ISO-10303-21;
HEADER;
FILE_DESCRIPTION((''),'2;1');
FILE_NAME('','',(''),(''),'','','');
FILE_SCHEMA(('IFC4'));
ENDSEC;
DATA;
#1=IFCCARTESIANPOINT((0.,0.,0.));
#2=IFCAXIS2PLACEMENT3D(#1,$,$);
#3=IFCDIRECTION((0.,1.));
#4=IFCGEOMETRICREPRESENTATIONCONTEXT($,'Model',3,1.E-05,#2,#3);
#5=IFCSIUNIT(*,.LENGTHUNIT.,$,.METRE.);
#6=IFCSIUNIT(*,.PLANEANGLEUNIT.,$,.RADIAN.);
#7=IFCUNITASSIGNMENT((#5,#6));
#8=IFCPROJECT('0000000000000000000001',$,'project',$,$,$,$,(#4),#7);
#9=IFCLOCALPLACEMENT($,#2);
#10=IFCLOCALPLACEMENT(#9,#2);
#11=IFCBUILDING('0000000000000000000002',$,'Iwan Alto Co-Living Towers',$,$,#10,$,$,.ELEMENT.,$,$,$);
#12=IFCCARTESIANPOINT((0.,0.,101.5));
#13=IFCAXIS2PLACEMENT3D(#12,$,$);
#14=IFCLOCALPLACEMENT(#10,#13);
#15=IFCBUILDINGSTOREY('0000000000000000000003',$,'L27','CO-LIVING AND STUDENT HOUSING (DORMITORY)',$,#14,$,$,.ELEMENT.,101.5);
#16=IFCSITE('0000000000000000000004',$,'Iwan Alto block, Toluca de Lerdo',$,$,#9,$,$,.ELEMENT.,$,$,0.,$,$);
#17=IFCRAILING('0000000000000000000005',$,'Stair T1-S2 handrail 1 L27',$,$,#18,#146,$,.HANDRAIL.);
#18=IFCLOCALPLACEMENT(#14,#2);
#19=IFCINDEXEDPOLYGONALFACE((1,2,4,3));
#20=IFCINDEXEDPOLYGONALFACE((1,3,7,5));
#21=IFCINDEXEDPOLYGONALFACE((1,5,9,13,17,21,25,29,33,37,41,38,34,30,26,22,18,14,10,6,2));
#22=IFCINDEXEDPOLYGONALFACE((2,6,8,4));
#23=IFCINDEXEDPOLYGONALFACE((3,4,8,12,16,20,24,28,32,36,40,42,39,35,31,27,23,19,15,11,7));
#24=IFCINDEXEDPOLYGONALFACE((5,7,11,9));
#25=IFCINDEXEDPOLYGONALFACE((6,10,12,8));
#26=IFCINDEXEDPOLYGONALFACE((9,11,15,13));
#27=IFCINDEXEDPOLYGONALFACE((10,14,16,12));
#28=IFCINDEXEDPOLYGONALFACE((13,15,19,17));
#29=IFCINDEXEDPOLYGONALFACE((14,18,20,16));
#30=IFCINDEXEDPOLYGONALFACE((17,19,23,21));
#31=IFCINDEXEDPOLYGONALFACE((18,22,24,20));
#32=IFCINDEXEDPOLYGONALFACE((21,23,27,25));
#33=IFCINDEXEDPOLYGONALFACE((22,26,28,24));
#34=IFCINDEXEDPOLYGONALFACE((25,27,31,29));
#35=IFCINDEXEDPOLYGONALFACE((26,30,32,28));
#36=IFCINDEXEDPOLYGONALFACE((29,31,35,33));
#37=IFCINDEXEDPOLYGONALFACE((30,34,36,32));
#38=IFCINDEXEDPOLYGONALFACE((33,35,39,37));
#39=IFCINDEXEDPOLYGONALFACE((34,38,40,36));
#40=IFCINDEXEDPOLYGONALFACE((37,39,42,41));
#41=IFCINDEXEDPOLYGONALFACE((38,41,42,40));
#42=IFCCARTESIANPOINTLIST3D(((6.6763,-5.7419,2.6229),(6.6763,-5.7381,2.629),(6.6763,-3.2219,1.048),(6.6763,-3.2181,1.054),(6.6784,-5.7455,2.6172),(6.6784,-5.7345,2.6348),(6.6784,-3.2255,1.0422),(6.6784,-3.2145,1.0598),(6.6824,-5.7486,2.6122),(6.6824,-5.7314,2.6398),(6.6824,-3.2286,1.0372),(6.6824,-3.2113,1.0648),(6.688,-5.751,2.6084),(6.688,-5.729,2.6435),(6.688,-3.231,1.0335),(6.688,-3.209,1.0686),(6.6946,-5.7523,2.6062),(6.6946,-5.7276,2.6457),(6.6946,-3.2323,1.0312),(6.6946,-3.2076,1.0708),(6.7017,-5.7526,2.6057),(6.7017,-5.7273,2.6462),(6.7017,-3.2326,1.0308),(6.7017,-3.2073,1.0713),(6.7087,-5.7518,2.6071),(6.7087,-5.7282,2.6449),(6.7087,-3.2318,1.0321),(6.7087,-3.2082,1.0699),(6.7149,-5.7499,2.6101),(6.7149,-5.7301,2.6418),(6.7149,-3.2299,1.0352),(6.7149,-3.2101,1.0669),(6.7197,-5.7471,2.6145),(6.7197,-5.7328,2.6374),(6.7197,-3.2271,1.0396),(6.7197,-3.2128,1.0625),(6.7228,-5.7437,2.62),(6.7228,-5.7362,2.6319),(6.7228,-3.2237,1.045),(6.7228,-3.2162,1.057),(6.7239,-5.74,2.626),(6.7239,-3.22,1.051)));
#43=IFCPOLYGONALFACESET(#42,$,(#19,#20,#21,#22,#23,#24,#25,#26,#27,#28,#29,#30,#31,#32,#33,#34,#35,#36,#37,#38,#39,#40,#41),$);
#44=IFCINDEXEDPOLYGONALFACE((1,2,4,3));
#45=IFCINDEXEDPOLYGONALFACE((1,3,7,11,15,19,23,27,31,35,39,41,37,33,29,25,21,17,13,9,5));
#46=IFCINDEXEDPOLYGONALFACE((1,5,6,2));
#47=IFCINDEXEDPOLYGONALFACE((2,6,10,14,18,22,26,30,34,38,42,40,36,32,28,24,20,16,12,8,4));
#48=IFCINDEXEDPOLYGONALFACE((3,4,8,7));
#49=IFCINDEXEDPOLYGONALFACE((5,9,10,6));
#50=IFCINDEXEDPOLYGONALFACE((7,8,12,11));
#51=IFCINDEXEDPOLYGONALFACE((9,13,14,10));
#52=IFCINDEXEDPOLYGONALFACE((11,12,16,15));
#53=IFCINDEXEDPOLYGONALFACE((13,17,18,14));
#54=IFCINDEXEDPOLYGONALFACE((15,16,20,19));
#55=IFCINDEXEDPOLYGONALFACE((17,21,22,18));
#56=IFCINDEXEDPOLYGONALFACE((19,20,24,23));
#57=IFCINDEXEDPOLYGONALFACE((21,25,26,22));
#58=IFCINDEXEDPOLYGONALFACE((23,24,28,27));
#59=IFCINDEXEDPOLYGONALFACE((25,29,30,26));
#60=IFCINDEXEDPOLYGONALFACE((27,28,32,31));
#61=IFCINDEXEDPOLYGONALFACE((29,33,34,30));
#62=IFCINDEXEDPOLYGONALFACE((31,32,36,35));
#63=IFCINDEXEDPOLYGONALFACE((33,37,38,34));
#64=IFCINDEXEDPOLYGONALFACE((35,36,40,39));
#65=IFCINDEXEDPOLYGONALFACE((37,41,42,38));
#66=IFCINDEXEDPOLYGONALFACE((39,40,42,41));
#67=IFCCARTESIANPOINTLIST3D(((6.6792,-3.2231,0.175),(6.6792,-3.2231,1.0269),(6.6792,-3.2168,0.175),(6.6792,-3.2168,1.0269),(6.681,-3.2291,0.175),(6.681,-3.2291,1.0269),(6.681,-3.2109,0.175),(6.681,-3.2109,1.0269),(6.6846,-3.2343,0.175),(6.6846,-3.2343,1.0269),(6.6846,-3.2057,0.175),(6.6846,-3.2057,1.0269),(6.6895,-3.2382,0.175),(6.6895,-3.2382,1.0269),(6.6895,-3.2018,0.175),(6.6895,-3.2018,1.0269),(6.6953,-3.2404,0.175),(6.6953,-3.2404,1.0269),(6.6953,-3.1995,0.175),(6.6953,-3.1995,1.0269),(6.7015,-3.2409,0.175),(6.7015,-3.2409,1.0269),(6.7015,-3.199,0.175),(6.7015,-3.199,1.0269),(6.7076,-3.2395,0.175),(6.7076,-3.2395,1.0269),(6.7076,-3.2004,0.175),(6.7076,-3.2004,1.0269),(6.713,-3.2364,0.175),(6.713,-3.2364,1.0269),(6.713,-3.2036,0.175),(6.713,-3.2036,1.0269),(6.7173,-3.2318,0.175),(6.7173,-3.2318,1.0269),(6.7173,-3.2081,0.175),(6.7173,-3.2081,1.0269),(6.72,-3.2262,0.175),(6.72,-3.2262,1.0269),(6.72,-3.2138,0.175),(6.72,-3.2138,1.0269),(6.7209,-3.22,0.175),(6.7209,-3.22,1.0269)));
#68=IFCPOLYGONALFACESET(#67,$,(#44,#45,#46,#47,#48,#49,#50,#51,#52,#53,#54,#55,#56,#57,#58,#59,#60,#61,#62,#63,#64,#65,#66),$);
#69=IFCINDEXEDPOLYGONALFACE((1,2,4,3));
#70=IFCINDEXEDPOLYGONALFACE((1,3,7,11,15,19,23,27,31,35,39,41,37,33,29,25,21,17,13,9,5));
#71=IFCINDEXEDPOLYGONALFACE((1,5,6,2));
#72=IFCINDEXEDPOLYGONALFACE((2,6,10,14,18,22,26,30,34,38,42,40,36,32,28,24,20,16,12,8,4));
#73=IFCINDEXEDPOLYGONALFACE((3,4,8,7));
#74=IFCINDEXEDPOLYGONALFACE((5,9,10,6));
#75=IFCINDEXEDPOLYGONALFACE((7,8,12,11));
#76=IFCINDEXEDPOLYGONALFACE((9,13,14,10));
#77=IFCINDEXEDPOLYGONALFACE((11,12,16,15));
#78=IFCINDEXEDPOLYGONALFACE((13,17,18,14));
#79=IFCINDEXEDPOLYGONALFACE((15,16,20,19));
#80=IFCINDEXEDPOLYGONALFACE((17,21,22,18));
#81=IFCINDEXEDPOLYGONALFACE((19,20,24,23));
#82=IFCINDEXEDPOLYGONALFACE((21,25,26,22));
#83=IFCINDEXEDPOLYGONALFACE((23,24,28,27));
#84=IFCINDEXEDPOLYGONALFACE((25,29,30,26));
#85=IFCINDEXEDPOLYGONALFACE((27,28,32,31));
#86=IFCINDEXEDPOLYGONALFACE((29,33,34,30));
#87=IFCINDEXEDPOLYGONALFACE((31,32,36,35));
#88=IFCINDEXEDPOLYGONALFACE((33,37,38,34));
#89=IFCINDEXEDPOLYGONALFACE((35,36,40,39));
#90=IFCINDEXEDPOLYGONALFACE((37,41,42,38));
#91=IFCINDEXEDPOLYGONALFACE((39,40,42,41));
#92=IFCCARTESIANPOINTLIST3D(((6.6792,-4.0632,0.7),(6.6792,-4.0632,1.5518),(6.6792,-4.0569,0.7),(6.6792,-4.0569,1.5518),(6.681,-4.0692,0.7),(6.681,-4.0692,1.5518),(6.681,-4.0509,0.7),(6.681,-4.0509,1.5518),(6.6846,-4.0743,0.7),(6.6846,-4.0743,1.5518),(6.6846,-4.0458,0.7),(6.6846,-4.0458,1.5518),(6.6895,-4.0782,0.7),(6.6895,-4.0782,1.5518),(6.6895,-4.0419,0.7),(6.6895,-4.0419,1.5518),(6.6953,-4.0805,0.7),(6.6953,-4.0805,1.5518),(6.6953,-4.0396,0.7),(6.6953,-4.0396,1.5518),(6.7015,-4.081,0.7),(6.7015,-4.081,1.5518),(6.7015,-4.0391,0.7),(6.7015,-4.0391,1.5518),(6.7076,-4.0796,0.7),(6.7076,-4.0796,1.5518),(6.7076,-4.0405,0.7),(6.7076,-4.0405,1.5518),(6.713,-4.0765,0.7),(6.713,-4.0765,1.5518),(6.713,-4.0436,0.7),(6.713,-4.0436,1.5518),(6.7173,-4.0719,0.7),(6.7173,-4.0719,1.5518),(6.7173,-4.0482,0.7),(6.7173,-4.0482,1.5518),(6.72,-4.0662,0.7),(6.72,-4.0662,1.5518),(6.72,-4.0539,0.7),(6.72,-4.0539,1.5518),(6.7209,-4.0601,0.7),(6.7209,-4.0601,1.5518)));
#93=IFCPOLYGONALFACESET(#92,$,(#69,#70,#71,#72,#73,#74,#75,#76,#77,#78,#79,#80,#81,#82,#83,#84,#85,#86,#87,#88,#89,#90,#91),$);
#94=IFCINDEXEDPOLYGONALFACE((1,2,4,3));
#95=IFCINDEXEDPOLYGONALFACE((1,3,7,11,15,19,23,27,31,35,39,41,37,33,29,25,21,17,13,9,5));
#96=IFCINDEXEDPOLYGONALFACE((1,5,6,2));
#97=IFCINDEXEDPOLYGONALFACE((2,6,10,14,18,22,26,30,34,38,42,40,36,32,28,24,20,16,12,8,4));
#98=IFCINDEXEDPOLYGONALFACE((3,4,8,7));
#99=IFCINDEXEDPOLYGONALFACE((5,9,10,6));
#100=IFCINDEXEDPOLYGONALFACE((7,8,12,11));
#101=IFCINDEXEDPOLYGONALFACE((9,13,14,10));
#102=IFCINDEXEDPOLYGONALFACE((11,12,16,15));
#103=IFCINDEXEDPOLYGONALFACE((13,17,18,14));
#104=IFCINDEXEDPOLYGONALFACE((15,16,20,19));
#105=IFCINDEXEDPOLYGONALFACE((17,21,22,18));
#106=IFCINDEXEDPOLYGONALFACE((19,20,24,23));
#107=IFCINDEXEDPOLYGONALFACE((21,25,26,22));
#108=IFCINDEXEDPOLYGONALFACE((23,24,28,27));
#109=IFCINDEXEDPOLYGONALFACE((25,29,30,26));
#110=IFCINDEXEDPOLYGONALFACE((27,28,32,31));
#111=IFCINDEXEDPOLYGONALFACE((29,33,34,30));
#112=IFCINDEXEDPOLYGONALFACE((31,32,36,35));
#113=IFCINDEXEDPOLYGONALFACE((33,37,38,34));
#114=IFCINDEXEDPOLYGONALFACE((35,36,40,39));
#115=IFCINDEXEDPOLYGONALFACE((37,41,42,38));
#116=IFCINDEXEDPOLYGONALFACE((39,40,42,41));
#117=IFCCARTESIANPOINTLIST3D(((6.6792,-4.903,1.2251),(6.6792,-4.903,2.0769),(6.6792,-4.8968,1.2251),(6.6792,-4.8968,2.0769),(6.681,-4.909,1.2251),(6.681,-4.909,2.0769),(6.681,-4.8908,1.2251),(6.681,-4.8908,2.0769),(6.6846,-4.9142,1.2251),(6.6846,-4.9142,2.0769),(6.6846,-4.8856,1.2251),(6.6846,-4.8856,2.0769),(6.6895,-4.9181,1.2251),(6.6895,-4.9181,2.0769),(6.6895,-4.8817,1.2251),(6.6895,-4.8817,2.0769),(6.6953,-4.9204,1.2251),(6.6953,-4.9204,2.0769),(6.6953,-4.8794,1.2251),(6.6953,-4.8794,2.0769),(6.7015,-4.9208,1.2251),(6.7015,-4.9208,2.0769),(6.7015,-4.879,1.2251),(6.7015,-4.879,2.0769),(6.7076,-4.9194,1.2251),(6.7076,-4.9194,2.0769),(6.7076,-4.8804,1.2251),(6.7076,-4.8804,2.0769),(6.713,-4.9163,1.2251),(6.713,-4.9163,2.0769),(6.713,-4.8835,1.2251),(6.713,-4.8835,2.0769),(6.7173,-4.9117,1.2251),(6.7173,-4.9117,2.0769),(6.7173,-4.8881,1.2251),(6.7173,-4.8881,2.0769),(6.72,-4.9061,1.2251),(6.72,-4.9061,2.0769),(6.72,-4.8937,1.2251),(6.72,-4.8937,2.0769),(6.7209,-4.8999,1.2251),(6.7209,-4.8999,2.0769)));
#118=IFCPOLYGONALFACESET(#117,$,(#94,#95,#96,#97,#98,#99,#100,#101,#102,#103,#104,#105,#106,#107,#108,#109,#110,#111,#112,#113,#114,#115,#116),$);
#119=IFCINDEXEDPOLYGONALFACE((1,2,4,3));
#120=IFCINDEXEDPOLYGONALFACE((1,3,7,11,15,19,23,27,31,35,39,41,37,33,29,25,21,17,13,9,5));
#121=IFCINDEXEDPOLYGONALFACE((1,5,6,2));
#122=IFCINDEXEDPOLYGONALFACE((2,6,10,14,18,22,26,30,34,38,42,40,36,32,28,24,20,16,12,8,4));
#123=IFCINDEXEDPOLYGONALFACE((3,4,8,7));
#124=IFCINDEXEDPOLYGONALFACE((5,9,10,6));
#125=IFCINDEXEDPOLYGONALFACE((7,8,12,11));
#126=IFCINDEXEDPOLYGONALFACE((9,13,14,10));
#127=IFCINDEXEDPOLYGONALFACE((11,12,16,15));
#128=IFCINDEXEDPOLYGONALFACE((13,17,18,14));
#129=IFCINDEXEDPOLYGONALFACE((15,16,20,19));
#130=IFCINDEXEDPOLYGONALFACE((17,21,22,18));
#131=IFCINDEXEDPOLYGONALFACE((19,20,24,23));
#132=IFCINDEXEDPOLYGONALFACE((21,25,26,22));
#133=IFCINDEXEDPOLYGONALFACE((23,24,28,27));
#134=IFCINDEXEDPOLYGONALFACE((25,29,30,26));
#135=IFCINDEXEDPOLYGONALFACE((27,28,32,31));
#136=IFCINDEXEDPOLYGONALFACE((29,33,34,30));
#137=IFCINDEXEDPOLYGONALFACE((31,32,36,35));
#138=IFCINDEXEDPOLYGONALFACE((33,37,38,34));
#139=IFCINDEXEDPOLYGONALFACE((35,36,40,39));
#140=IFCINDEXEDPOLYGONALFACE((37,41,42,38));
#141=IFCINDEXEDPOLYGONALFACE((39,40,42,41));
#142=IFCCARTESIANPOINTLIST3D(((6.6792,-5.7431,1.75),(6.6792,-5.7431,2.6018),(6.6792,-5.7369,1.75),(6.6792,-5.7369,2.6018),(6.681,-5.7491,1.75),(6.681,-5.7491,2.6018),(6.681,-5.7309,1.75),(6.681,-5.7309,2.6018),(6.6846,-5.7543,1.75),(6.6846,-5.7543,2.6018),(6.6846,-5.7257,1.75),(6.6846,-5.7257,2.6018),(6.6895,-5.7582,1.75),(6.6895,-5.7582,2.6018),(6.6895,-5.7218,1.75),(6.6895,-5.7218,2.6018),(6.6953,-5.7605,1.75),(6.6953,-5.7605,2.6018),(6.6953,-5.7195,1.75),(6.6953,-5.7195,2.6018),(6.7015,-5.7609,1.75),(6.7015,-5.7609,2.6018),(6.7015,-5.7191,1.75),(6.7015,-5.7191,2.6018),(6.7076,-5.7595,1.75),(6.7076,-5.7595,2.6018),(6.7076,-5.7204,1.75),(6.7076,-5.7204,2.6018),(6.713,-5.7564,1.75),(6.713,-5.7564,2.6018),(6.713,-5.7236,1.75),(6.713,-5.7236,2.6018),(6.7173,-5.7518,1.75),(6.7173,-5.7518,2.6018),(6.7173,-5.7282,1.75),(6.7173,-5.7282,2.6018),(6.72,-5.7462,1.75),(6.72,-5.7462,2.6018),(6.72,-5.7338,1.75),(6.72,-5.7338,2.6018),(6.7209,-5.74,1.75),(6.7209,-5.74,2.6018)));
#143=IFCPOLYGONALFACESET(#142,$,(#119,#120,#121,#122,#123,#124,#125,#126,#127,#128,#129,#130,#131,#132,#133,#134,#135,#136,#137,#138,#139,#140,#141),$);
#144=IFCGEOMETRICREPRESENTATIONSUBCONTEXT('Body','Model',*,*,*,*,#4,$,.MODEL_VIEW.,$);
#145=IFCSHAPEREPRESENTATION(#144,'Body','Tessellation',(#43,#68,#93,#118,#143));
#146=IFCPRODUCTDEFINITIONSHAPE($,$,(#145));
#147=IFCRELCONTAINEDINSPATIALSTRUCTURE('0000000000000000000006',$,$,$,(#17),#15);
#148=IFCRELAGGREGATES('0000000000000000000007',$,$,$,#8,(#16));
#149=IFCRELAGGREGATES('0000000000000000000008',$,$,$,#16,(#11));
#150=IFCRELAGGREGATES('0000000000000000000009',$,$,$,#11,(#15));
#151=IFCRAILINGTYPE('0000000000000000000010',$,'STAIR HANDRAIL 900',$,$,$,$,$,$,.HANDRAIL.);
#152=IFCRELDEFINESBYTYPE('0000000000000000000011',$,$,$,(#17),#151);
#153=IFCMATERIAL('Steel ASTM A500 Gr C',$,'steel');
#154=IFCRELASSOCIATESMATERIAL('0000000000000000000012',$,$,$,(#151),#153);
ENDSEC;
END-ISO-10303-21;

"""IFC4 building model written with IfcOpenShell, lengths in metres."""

from ifc_helpers import new_model, si_unit, direction, frame, origin, origin_2d, place, context, subcontext, project, spatial, circle, extrude, material, type_object, element, save


model = new_model("IFC4")

# Units and contexts
model_context = context("Model", 3, precision=1e-05, world=origin(), true_north=direction((0.0, 1.0)))
body_context = subcontext(model_context, "Body", "Model", "MODEL_VIEW")
ifc_project = project(units=[si_unit("LENGTHUNIT", "METRE"), si_unit("PLANEANGLEUNIT", "RADIAN")], contexts=[model_context])

# Site, building, storey
site_placement = place(None, origin())
site = spatial("IfcSite", under=ifc_project, at=site_placement, Name="Iwan Alto block, Toluca de Lerdo", CompositionType="ELEMENT", RefElevation=0.0)
building_placement = place(site_placement, origin())
building = spatial("IfcBuilding", under=site, at=building_placement, Name="Iwan Alto Co-Living Towers", CompositionType="ELEMENT")
storey_placement = place(building_placement, frame((0.0, 0.0, 101.5)))
storey = spatial("IfcBuildingStorey", under=building, at=storey_placement, Name="L27", Description="CO-LIVING AND STUDENT HOUSING (DORMITORY)", CompositionType="ELEMENT", Elevation=101.5)

# Railing
ifc_material_1 = material(Name="Steel ASTM A500 Gr C", Category="steel")
railing_type_1 = type_object("IfcRailingType", Name="STAIR HANDRAIL 900", PredefinedType="HANDRAIL", material=ifc_material_1)
railing_1_placement = place(storey_placement, frame((6.7, -3.22, 0.175)))
element("IfcRailing", 1, at=railing_1_placement, inside=storey, type_object=railing_type_1, Name="Stair T1-S2 handrail 1 L27", PredefinedType="HANDRAIL", context=body_context, shape_type="SweptSolid", body=[
    extrude(circle(Radius=0.0239, at=origin_2d()), frame((0.0, 0.0, 0.876), z_axis=(0.0, -0.848008, 0.529984), x_axis=(1.0, 0.0, 0.0)), (0.0, 0.0, 1.0), 2.9717),
    extrude(circle(Radius=0.021, at=origin_2d()), origin(), (0.0, 0.0, 1.0), 0.8518),
    extrude(circle(Radius=0.021, at=origin_2d()), frame((0.0, -0.8401, 0.5249)), (0.0, 0.0, 1.0), 0.8518),
    extrude(circle(Radius=0.021, at=origin_2d()), frame((0.0, -1.6799, 1.05)), (0.0, 0.0, 1.0), 0.8518),
    extrude(circle(Radius=0.021, at=origin_2d()), frame((0.0, -2.52, 1.575)), (0.0, 0.0, 1.0), 0.8518),
])

save(model, "model.ifc")
